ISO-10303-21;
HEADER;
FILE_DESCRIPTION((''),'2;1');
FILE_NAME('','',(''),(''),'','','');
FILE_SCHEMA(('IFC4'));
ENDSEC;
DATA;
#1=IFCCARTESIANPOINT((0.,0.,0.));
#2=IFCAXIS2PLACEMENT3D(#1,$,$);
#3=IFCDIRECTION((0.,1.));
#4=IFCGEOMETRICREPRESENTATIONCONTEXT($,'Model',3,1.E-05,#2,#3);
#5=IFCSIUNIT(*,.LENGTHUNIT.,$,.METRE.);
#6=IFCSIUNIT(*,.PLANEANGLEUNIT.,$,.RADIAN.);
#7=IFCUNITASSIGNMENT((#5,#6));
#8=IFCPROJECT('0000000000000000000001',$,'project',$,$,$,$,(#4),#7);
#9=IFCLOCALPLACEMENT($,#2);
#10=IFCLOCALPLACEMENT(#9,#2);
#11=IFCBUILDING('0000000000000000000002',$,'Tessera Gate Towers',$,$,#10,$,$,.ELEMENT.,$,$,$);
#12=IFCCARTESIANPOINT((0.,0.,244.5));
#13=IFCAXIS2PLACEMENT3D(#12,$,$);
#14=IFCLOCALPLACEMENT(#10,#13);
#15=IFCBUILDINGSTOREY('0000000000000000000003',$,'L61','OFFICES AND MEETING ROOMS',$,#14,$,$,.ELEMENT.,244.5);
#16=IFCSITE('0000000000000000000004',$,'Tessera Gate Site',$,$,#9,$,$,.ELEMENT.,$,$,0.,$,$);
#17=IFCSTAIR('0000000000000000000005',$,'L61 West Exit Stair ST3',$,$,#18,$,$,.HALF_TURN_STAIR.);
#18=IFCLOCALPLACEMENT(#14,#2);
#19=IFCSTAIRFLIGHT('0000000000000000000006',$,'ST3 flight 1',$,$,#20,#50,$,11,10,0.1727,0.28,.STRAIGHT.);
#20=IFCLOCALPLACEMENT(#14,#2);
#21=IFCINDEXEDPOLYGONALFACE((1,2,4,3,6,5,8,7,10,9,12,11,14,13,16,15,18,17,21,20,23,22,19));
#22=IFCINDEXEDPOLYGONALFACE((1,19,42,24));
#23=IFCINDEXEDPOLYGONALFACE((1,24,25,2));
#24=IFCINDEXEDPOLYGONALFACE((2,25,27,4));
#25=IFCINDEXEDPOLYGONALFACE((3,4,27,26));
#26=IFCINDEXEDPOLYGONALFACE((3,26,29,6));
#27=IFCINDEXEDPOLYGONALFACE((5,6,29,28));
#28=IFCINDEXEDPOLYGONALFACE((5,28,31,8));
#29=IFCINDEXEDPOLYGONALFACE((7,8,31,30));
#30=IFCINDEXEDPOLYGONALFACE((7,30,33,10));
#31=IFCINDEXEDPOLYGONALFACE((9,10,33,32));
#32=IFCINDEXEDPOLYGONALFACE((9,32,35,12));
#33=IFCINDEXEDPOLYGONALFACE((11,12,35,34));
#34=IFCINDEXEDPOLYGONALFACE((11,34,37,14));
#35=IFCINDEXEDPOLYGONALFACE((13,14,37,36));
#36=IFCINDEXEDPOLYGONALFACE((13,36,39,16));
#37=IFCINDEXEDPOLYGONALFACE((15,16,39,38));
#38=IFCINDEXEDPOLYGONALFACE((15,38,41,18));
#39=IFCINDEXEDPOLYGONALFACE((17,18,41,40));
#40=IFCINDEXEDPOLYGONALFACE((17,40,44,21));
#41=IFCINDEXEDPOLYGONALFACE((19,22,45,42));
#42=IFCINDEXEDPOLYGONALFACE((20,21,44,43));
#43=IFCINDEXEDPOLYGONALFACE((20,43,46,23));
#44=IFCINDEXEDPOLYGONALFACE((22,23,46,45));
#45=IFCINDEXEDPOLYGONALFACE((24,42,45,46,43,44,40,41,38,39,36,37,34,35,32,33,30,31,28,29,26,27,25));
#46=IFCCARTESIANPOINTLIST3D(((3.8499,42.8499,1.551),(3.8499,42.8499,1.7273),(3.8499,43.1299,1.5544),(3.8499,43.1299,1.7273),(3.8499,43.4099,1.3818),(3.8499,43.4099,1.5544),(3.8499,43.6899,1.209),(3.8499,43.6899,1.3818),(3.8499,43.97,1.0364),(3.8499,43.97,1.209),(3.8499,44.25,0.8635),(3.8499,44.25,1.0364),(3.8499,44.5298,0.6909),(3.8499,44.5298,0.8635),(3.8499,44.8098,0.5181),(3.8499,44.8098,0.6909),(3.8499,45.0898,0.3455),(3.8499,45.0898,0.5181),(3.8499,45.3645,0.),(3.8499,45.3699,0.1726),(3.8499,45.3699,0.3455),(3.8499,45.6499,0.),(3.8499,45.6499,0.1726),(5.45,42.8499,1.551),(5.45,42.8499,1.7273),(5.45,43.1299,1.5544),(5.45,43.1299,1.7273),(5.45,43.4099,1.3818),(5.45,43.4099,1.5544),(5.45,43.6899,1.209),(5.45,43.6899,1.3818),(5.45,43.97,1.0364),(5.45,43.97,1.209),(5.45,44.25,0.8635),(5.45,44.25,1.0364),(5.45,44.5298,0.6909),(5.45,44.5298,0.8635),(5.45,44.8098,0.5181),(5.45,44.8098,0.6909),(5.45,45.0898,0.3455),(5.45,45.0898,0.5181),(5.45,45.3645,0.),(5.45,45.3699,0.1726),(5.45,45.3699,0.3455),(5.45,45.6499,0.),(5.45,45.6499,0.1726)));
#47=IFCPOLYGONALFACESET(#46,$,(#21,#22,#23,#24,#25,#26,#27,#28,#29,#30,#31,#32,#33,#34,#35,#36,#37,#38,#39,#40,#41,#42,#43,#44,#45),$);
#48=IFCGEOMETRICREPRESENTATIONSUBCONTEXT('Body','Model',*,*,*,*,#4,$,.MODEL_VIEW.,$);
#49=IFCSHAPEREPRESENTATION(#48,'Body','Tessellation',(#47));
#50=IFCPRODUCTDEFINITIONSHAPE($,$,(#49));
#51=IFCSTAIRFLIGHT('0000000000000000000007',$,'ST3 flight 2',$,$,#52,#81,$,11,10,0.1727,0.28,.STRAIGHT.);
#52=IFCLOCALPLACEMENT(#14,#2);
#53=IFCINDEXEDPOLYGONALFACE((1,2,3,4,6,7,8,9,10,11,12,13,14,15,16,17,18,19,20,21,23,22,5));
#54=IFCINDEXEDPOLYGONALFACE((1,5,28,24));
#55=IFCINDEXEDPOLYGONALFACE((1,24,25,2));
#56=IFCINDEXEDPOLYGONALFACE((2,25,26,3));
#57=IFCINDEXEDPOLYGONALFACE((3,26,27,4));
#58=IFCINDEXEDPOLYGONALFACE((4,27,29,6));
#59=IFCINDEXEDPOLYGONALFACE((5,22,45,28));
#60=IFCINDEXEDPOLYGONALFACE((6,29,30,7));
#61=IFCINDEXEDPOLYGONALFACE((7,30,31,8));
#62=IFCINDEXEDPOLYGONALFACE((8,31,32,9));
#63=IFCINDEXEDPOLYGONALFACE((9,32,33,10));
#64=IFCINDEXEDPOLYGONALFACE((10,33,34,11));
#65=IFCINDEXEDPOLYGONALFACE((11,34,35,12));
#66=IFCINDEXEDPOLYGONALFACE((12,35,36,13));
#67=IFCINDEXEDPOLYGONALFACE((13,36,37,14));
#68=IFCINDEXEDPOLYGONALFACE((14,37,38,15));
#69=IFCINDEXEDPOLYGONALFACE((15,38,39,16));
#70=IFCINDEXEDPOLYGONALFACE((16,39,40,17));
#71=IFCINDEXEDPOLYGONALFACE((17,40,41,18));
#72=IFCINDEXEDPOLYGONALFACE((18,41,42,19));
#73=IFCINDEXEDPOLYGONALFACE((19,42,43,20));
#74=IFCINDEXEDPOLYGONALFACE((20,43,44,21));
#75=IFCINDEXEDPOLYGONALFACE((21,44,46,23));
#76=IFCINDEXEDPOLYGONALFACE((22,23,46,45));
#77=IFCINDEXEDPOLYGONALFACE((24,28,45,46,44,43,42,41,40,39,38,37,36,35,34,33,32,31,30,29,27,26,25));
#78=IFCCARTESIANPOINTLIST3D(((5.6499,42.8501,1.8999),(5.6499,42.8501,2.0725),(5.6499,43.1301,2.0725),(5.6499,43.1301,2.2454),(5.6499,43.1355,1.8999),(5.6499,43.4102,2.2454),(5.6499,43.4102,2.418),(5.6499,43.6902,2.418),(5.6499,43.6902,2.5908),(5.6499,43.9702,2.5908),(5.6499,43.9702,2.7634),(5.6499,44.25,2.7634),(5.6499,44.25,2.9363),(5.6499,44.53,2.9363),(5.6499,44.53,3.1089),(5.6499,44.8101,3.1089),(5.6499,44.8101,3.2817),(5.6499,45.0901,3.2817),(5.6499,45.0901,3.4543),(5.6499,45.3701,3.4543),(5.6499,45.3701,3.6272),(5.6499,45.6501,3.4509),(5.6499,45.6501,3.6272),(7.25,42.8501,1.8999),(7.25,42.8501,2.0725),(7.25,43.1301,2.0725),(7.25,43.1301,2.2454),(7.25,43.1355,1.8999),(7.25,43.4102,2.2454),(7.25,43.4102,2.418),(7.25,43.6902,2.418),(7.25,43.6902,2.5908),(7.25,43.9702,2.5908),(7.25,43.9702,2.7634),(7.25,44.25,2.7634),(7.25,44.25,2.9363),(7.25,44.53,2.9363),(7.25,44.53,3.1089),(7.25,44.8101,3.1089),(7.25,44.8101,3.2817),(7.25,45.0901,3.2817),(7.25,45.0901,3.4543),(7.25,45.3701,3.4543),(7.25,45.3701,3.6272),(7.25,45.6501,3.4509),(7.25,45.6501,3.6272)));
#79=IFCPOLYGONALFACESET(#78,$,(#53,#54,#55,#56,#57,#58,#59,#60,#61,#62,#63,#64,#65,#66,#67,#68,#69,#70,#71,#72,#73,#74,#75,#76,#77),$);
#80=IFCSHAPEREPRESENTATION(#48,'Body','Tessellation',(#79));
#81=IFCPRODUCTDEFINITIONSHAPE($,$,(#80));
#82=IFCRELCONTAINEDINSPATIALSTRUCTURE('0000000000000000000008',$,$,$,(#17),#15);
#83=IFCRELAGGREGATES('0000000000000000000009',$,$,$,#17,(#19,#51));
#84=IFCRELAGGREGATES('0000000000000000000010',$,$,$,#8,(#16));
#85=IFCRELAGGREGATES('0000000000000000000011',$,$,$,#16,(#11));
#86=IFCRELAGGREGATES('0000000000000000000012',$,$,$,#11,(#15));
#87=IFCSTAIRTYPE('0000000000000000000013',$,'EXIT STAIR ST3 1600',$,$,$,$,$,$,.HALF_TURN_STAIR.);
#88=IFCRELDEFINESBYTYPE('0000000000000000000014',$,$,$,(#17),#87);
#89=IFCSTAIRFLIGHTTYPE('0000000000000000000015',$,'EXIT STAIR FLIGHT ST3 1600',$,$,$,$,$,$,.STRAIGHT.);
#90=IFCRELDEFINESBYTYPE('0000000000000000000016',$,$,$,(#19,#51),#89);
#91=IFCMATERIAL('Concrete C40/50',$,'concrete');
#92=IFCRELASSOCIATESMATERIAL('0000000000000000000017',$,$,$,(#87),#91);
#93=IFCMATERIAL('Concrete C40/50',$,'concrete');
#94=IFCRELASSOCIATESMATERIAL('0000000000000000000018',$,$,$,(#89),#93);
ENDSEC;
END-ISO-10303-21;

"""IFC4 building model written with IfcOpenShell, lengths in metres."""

from ifc_helpers import new_model, si_unit, direction, frame, origin, place, context, subcontext, project, spatial, polyline, outline, extrude, material, type_object, element, aggregate, save


model = new_model("IFC4")

# Units and contexts
model_context = context("Model", 3, precision=1e-05, world=origin(), true_north=direction((0.0, 1.0)))
body_context = subcontext(model_context, "Body", "Model", "MODEL_VIEW")
ifc_project = project(units=[si_unit("LENGTHUNIT", "METRE"), si_unit("PLANEANGLEUNIT", "RADIAN")], contexts=[model_context])

# Site, building, storey
site_placement = place(None, origin())
site = spatial("IfcSite", under=ifc_project, at=site_placement, Name="Tessera Gate Site", CompositionType="ELEMENT", RefElevation=0.0)
building_placement = place(site_placement, origin())
building = spatial("IfcBuilding", under=site, at=building_placement, Name="Tessera Gate Towers", CompositionType="ELEMENT")
storey_placement = place(building_placement, frame((0.0, 0.0, 244.5)))
storey = spatial("IfcBuildingStorey", under=building, at=storey_placement, Name="L61", Description="OFFICES AND MEETING ROOMS", CompositionType="ELEMENT", Elevation=244.5)

# Stair, stair flights
ifc_material_1 = material(Name="Concrete C40/50", Category="concrete")
stair_type = type_object("IfcStairType", Name="EXIT STAIR ST3 1600", PredefinedType="HALF_TURN_STAIR", material=ifc_material_1)
stair_placement = place(storey_placement, origin())
stair = element("IfcStair", 1, at=stair_placement, inside=storey, type_object=stair_type, Name="L61 West Exit Stair ST3", PredefinedType="HALF_TURN_STAIR")
ifc_material_2 = material(Name="Concrete C40/50", Category="concrete")
stair_flight_type = type_object("IfcStairFlightType", Name="EXIT STAIR FLIGHT ST3 1600", PredefinedType="STRAIGHT", material=ifc_material_2)
stair_flight_1_placement = place(storey_placement, frame((4.6499, 45.6499, 0.0), z_axis=(0.0, 0.0, 1.0), x_axis=(0.0, -1.0, 0.0)))
stair_flight_1 = element("IfcStairFlight", 2, at=stair_flight_1_placement, type_object=stair_flight_type, Name="ST3 flight 1", NumberOfRisers=11, NumberOfTreads=10, PredefinedType="STRAIGHT", RiserHeight=0.1727, TreadLength=0.28, context=body_context, shape_type="SweptSolid", body=[
    extrude(outline(polyline([(0.0, 0.0), (0.0, 0.1726), (0.28, 0.1726), (0.28, 0.3455), (0.5601, 0.3455), (0.5601, 0.5181), (0.8401, 0.5181), (0.8401, 0.6909), (1.1201, 0.6909), (1.1201, 0.8635), (1.3999, 0.8635), (1.3999, 1.0364), (1.6799, 1.0364), (1.6799, 1.209), (1.96, 1.209), (1.96, 1.3818), (2.24, 1.3818), (2.24, 1.5544), (2.52, 1.5544), (2.52, 1.7273), (2.8, 1.7273), (2.8, 1.8999), (2.8, 1.551), (0.2854, 0.0), (0.0, 0.0)])), frame((0.0, 0.8, 0.0), z_axis=(0.0, -1.0, 0.0), x_axis=(1.0, 0.0, 0.0)), (0.0, 0.0, 1.0), 1.6001),
])
stair_flight_2_placement = place(storey_placement, frame((6.45, 42.8501, 1.8999), z_axis=(0.0, 0.0, 1.0), x_axis=(0.0, 1.0, 0.0)))
stair_flight_2 = element("IfcStairFlight", 3, at=stair_flight_2_placement, type_object=stair_flight_type, Name="ST3 flight 2", NumberOfRisers=11, NumberOfTreads=10, PredefinedType="STRAIGHT", RiserHeight=0.1727, TreadLength=0.28, context=body_context, shape_type="SweptSolid", body=[
    extrude(outline(polyline([(0.0, 0.0), (0.0, 0.1726), (0.28, 0.1726), (0.28, 0.3455), (0.5601, 0.3455), (0.5601, 0.5181), (0.8401, 0.5181), (0.8401, 0.6909), (1.1201, 0.6909), (1.1201, 0.8635), (1.3999, 0.8635), (1.3999, 1.0364), (1.6799, 1.0364), (1.6799, 1.209), (1.96, 1.209), (1.96, 1.3818), (2.24, 1.3818), (2.24, 1.5544), (2.52, 1.5544), (2.52, 1.7273), (2.8, 1.7273), (2.8, 1.8999), (2.8, 1.551), (0.2854, 0.0), (0.0, 0.0)])), frame((0.0, 0.8, 0.0), z_axis=(0.0, -1.0, 0.0), x_axis=(1.0, 0.0, 0.0)), (0.0, 0.0, 1.0), 1.6001),
])
aggregate(stair, [stair_flight_1, stair_flight_2])

save(model, "model.ifc")
